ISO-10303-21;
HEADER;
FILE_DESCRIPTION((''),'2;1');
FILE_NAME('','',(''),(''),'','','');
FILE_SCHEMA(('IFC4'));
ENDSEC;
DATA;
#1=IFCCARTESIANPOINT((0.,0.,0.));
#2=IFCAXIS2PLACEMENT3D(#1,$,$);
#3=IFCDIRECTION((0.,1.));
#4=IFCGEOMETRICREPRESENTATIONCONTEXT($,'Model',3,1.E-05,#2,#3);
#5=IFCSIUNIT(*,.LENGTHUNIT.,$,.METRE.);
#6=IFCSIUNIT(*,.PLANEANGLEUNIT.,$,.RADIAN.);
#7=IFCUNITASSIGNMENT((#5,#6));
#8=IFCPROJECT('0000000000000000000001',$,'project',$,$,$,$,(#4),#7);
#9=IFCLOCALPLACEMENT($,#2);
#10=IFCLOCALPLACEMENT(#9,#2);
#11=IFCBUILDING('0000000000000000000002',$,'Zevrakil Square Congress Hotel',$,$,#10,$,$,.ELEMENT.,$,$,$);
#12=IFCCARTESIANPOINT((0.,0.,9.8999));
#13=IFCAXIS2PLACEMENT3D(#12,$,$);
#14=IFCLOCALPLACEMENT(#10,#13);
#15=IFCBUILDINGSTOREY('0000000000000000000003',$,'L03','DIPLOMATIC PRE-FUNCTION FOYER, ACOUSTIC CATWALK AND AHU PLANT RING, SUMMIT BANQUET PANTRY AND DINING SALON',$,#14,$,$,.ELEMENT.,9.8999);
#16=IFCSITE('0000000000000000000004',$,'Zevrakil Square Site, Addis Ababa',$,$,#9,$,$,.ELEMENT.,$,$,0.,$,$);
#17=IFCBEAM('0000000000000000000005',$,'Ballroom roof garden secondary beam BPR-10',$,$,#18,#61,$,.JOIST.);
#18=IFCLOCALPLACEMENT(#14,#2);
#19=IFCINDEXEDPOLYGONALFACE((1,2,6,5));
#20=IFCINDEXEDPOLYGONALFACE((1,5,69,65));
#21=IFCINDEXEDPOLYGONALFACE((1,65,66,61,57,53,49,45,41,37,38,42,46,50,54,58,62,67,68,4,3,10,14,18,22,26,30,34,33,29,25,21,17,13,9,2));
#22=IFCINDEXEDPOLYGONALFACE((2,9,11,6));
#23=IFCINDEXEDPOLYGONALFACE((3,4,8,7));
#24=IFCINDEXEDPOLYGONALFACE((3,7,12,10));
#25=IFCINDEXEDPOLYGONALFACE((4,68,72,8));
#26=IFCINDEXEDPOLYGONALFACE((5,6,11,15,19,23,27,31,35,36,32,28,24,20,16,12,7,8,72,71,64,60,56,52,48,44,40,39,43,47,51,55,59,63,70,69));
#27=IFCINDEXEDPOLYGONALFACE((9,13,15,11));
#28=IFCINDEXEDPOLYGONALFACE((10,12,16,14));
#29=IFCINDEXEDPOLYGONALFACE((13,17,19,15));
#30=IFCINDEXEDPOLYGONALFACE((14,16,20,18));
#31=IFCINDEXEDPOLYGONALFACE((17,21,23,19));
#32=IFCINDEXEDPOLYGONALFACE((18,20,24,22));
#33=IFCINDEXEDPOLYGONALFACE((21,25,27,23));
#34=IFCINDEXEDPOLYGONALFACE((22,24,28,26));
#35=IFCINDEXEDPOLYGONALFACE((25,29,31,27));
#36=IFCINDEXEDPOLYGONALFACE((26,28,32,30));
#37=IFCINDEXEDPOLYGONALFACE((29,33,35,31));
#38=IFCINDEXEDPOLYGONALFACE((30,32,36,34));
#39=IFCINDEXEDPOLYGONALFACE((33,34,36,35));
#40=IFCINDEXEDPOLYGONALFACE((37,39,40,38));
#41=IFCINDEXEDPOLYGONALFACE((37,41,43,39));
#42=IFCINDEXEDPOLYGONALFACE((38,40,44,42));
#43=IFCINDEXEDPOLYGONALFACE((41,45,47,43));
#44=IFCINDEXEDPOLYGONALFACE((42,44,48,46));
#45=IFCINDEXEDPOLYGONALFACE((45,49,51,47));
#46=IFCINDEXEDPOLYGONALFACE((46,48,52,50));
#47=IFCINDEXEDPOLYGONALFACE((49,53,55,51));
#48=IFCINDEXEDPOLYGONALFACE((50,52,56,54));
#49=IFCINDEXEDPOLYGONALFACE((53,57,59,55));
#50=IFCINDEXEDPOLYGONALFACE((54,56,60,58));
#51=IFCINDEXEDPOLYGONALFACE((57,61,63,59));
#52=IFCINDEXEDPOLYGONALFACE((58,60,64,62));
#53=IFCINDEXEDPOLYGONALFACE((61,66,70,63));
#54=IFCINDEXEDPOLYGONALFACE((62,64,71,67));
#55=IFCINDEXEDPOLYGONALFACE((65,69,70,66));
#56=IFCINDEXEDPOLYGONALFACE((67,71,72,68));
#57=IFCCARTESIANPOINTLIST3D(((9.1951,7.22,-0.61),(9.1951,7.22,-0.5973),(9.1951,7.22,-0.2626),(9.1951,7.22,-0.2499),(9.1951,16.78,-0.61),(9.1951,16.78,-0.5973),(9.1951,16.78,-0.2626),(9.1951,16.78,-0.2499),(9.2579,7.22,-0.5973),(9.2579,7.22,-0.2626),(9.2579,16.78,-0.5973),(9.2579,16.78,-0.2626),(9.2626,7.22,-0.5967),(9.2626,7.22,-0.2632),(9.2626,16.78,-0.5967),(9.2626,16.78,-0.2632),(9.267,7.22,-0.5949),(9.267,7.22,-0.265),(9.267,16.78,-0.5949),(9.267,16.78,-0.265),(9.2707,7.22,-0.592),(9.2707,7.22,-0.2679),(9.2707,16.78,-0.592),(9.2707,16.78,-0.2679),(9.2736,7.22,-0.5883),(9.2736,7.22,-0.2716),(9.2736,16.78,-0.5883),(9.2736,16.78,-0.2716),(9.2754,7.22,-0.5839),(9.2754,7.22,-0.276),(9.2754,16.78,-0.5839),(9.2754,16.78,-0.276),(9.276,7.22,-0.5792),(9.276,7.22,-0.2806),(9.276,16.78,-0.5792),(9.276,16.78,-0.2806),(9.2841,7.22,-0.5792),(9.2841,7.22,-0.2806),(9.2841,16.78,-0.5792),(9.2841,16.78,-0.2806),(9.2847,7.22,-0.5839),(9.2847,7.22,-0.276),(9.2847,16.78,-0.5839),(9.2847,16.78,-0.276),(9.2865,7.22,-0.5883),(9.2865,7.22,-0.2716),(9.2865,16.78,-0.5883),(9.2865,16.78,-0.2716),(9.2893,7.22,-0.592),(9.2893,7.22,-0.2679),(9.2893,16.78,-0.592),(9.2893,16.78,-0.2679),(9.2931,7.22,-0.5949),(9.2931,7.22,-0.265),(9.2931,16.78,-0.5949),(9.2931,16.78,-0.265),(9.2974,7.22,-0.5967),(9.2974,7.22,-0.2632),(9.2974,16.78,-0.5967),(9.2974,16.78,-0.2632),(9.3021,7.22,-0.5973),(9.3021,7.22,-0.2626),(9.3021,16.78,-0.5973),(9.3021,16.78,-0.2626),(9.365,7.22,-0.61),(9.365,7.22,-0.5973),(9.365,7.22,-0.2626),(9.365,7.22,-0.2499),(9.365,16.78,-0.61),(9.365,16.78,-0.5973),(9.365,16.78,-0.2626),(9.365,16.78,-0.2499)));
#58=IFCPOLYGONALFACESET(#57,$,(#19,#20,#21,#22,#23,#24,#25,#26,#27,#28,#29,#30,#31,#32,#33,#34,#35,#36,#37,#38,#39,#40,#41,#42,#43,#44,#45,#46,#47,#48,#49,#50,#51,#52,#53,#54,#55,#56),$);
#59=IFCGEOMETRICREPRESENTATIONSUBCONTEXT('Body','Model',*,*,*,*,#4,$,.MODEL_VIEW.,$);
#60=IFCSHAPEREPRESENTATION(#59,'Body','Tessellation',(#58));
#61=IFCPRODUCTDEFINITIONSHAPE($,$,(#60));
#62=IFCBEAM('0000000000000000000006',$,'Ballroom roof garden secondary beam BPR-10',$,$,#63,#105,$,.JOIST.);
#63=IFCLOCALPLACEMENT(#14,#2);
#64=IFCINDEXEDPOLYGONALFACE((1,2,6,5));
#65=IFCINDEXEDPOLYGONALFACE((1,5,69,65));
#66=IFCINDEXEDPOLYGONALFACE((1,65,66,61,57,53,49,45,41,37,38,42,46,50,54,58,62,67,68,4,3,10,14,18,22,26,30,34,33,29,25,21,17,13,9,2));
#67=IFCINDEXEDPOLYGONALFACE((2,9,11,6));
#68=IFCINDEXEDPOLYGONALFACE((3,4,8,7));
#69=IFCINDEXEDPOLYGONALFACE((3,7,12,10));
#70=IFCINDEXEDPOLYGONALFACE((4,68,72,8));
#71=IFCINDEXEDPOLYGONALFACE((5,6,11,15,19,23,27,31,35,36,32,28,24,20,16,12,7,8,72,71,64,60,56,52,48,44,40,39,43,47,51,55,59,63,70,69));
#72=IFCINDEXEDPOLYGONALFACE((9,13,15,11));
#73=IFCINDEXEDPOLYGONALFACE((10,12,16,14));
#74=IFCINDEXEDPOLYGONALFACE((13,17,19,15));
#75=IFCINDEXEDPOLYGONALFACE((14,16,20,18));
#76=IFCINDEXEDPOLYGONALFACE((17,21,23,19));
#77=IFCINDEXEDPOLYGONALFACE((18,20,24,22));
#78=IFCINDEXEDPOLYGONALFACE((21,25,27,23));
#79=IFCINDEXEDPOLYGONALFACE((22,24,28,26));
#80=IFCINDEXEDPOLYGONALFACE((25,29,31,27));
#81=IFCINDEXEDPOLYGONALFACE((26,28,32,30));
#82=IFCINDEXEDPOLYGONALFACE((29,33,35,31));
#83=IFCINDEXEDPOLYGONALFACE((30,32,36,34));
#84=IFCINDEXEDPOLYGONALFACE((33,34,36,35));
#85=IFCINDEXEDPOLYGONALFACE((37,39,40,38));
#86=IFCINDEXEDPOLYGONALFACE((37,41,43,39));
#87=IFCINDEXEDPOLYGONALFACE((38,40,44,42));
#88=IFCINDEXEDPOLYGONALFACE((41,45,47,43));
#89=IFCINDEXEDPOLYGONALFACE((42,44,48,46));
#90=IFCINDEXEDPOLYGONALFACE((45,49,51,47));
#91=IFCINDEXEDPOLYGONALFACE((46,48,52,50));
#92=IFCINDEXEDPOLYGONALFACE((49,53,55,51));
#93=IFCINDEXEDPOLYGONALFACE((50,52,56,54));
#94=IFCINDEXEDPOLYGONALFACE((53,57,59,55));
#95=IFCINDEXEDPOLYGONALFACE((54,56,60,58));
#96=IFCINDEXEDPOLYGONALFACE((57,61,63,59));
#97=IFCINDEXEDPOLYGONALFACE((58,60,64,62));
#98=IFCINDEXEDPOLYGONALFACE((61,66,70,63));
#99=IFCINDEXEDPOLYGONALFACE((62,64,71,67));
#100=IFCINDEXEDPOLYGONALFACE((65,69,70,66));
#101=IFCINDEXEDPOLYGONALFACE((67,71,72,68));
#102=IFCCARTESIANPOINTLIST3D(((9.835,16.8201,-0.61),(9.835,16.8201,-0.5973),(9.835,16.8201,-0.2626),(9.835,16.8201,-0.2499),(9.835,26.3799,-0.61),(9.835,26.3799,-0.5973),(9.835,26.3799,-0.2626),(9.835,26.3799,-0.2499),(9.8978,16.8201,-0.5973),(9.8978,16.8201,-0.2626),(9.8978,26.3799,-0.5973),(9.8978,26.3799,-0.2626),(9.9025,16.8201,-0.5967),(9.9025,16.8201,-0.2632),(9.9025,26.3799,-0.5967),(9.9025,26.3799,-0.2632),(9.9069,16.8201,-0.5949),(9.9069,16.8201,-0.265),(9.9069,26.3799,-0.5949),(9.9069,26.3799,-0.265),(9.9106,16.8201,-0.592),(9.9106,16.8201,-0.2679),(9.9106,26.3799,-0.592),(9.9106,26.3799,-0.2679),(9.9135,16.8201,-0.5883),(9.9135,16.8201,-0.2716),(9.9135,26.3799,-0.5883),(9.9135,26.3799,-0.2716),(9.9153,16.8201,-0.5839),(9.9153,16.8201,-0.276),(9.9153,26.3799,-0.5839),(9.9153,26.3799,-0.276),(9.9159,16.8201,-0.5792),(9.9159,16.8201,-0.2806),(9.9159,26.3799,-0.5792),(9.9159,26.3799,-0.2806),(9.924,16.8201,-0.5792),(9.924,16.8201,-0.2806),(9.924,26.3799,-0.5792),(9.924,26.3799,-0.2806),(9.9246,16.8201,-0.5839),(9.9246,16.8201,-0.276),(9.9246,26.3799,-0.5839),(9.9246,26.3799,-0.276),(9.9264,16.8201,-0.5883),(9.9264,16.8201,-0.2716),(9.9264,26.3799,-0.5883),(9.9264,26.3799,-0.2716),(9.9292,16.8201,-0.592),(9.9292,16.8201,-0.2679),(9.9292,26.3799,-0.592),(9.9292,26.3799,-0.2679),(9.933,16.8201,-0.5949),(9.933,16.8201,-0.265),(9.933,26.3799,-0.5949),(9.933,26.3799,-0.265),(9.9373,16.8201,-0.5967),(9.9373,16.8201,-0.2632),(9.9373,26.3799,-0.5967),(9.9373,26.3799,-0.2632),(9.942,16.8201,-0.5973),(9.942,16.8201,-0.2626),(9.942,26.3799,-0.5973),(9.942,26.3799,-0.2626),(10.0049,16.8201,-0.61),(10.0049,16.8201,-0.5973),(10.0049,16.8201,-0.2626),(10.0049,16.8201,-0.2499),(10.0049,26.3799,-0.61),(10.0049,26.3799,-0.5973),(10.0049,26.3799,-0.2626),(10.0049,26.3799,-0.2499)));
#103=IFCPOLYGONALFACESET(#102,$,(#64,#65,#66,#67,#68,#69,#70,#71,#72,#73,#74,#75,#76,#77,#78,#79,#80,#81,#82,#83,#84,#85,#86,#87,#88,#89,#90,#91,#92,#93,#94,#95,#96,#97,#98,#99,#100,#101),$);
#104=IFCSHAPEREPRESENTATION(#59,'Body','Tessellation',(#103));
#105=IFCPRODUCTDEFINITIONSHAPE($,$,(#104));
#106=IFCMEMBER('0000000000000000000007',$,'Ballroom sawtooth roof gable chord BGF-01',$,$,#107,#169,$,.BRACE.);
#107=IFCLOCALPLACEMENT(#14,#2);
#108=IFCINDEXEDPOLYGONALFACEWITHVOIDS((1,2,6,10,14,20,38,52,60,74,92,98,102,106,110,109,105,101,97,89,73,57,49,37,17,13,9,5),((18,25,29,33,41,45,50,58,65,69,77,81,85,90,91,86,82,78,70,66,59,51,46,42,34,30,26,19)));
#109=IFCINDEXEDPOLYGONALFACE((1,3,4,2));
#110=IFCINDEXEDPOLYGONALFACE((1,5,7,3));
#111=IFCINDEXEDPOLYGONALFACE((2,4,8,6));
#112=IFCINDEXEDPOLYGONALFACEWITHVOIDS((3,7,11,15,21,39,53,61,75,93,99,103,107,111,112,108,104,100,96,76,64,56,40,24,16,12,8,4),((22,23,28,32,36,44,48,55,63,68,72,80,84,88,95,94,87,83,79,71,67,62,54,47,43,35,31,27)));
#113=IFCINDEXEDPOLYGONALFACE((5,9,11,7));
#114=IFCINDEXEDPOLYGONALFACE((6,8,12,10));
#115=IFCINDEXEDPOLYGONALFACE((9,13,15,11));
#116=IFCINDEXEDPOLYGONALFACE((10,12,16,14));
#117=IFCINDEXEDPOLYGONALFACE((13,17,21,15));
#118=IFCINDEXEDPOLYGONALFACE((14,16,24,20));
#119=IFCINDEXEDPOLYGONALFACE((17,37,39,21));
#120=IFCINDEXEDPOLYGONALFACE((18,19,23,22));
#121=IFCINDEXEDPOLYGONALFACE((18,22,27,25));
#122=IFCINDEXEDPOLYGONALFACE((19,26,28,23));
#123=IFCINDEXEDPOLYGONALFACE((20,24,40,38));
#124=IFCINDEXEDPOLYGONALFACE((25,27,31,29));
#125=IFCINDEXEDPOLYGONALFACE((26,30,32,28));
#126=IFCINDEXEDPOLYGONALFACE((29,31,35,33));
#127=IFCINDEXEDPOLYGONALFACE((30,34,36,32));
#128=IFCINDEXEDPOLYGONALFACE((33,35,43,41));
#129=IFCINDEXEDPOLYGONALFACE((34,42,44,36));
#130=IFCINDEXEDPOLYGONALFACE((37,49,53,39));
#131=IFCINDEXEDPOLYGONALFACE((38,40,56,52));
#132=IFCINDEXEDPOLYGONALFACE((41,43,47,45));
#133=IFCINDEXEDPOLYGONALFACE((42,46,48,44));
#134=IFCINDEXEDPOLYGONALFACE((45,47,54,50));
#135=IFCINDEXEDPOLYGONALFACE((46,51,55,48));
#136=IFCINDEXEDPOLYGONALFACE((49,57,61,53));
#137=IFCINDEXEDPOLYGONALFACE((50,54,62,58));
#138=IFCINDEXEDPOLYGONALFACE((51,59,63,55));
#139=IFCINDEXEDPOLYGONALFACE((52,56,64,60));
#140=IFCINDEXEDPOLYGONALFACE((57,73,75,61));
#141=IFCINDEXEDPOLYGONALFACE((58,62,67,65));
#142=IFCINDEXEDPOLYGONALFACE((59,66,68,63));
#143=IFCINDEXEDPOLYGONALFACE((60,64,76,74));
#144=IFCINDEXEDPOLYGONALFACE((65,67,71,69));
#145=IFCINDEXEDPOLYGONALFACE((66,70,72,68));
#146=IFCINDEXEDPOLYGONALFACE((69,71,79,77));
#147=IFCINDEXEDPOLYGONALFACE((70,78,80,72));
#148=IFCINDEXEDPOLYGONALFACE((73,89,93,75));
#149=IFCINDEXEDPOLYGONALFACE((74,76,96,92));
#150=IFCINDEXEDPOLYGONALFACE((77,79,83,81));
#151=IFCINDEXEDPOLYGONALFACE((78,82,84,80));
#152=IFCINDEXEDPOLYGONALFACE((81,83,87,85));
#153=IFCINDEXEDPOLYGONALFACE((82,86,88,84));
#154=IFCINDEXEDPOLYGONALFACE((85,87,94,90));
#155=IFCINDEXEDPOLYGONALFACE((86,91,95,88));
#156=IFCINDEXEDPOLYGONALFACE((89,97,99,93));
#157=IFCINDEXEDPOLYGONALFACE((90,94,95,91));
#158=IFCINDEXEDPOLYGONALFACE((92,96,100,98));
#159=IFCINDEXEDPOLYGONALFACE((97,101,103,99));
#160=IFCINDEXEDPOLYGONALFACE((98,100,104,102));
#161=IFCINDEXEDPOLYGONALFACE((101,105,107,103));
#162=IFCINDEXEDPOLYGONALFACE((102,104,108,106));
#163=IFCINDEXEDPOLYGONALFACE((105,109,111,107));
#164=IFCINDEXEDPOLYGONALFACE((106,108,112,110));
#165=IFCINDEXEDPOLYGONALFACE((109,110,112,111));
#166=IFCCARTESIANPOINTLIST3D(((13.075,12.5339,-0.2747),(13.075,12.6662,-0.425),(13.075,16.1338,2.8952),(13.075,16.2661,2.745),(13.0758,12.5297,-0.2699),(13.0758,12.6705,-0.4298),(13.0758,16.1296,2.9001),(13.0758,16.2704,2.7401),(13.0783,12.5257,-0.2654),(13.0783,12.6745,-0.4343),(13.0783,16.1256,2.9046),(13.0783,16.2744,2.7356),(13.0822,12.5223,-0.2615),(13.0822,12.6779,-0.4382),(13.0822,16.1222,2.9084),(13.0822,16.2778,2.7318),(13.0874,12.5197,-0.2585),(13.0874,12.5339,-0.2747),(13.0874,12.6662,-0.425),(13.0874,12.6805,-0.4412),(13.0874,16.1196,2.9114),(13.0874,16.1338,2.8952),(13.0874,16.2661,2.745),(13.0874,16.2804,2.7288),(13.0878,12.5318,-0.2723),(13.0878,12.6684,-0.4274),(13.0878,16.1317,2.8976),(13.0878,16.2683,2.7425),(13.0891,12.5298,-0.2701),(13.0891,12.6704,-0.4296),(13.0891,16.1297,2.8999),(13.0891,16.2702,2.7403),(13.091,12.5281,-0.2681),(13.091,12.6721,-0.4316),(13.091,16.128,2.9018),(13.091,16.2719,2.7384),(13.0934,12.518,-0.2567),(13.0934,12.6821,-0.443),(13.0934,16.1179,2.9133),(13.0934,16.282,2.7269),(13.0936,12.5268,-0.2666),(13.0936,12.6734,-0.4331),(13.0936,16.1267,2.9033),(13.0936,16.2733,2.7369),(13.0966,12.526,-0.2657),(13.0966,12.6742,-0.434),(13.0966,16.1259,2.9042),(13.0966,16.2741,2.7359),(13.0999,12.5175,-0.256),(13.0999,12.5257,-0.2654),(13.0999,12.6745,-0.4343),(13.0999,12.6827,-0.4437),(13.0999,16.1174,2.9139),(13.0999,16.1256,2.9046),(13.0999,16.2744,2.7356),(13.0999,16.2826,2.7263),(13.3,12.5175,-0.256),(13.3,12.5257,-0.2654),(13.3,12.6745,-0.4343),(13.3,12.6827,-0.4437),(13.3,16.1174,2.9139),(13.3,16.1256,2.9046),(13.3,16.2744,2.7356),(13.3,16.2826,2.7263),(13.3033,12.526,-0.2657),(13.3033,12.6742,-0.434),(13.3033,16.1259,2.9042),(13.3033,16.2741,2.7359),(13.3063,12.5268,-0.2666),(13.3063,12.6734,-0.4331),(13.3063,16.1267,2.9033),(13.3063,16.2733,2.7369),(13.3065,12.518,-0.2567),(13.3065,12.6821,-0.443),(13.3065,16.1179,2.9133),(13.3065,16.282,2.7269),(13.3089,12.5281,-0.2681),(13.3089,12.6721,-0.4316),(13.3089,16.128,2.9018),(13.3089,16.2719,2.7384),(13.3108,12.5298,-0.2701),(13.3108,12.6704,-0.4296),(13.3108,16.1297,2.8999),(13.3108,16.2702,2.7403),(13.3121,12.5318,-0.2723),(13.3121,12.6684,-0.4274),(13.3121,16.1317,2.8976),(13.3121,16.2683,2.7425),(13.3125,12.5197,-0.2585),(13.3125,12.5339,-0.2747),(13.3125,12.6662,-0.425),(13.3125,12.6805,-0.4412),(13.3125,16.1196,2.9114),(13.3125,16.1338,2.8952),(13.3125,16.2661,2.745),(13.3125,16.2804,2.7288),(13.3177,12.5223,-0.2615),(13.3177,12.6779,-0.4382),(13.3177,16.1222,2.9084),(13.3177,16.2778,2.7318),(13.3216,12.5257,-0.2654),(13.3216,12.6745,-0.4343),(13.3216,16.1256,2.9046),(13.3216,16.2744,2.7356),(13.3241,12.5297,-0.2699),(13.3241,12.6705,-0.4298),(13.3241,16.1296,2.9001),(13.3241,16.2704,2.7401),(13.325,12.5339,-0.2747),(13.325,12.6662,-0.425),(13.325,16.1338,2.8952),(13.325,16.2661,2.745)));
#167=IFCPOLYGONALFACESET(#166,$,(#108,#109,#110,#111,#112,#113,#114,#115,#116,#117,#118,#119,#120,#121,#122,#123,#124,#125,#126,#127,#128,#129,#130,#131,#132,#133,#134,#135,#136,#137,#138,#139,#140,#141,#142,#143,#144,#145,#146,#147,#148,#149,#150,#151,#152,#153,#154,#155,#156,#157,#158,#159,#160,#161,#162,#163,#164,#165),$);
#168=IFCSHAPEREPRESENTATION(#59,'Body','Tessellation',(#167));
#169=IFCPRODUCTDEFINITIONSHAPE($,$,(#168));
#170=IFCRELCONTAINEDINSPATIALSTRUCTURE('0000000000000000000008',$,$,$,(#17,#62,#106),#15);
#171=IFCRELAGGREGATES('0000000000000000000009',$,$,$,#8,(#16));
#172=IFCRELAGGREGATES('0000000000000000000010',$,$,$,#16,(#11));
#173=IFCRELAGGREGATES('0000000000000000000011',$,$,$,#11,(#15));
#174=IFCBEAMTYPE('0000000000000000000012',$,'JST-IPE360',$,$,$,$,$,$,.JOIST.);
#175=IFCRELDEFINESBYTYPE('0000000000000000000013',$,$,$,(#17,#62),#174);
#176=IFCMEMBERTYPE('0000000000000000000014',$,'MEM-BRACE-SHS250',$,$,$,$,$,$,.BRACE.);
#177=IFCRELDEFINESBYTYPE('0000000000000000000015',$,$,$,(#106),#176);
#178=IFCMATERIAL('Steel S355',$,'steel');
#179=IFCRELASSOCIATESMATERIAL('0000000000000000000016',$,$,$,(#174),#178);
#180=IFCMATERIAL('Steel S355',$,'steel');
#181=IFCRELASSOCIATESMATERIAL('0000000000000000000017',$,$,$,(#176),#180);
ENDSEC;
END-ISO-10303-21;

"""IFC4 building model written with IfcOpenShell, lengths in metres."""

from ifc_helpers import new_model, si_unit, direction, frame, origin, origin_2d, place, context, subcontext, project, spatial, hollow_rectangle, i_section, extrude, material, material_profile, profile_set, type_object, element, save


model = new_model("IFC4")

# Units and contexts
model_context = context("Model", 3, precision=1e-05, world=origin(), true_north=direction((0.0, 1.0)))
body_context = subcontext(model_context, "Body", "Model", "MODEL_VIEW")
ifc_project = project(units=[si_unit("LENGTHUNIT", "METRE"), si_unit("PLANEANGLEUNIT", "RADIAN")], contexts=[model_context])

# Site, building, storey
site_placement = place(None, origin())
site = spatial("IfcSite", under=ifc_project, at=site_placement, Name="Zevrakil Square Site, Addis Ababa", CompositionType="ELEMENT", RefElevation=0.0)
building_placement = place(site_placement, origin())
building = spatial("IfcBuilding", under=site, at=building_placement, Name="Zevrakil Square Congress Hotel", CompositionType="ELEMENT")
storey_placement = place(building_placement, frame((0.0, 0.0, 9.8999)))
storey = spatial("IfcBuildingStorey", under=building, at=storey_placement, Name="L03", Description="DIPLOMATIC PRE-FUNCTION FOYER, ACOUSTIC CATWALK AND AHU PLANT RING, SUMMIT BANQUET PANTRY AND DINING SALON", CompositionType="ELEMENT", Elevation=9.8999)

# Beams
ifc_material_1 = material(Name="Steel S355", Category="steel")
ifc_material_profile_1 = material_profile(ifc_material_1, i_section(OverallWidth=0.1699, OverallDepth=0.3601, WebThickness=0.0081, FlangeThickness=0.0127, FilletRadius=0.0181, at=origin_2d()), Name="IPE 360")
ifc_profile_set_1 = profile_set([ifc_material_profile_1], Name="Steel S355")
beam_type_1 = type_object("IfcBeamType", Name="JST-IPE360", PredefinedType="JOIST", material=ifc_profile_set_1)
beam_1_placement = place(storey_placement, frame((9.28, 7.22, -0.4299), z_axis=(0.0, 1.0, 0.0), x_axis=(-1.0, 0.0, 0.0)))
element("IfcBeam", 1, at=beam_1_placement, inside=storey, type_object=beam_type_1, Name="Ballroom roof garden secondary beam BPR-10", PredefinedType="JOIST", context=body_context, shape_type="SweptSolid", body=[
    extrude(i_section(OverallWidth=0.1699, OverallDepth=0.3601, WebThickness=0.0081, FlangeThickness=0.0127, FilletRadius=0.0181, at=origin_2d()), origin(), (0.0, 0.0, 1.0), 9.5601),
])
beam_2_placement = place(storey_placement, frame((9.9199, 16.8201, -0.4299), z_axis=(0.0, 1.0, 0.0), x_axis=(-1.0, 0.0, 0.0)))
element("IfcBeam", 2, at=beam_2_placement, inside=storey, type_object=beam_type_1, Name="Ballroom roof garden secondary beam BPR-10", PredefinedType="JOIST", context=body_context, shape_type="SweptSolid", body=[
    extrude(i_section(OverallWidth=0.1699, OverallDepth=0.3601, WebThickness=0.0081, FlangeThickness=0.0127, FilletRadius=0.0181, at=origin_2d()), origin(), (0.0, 0.0, 1.0), 9.5598),
])

# Member
ifc_material_2 = material(Name="Steel S355", Category="steel")
ifc_material_profile_2 = material_profile(ifc_material_2, hollow_rectangle(XDim=0.25, YDim=0.25, WallThickness=0.0125, InnerFilletRadius=0.0125, OuterFilletRadius=0.0249, at=origin_2d()), Name="SHS 250x250x12.5")
ifc_profile_set_2 = profile_set([ifc_material_profile_2], Name="Steel S355")
member_type_1 = type_object("IfcMemberType", Name="MEM-BRACE-SHS250", PredefinedType="BRACE", material=ifc_profile_set_2)
member_1_placement = place(storey_placement, frame((13.2, 12.6001, -0.3499), z_axis=(0.0, 0.750501, 0.660869), x_axis=(-1.0, 0.0, 0.0)))
element("IfcMember", 3, at=member_1_placement, inside=storey, type_object=member_type_1, Name="Ballroom sawtooth roof gable chord BGF-01", PredefinedType="BRACE", context=body_context, shape_type="SweptSolid", body=[
    extrude(hollow_rectangle(XDim=0.25, YDim=0.25, WallThickness=0.0125, InnerFilletRadius=0.0125, OuterFilletRadius=0.0249, at=origin_2d()), origin(), (0.0, 0.0, 1.0), 4.7966),
])

save(model, "model.ifc")
